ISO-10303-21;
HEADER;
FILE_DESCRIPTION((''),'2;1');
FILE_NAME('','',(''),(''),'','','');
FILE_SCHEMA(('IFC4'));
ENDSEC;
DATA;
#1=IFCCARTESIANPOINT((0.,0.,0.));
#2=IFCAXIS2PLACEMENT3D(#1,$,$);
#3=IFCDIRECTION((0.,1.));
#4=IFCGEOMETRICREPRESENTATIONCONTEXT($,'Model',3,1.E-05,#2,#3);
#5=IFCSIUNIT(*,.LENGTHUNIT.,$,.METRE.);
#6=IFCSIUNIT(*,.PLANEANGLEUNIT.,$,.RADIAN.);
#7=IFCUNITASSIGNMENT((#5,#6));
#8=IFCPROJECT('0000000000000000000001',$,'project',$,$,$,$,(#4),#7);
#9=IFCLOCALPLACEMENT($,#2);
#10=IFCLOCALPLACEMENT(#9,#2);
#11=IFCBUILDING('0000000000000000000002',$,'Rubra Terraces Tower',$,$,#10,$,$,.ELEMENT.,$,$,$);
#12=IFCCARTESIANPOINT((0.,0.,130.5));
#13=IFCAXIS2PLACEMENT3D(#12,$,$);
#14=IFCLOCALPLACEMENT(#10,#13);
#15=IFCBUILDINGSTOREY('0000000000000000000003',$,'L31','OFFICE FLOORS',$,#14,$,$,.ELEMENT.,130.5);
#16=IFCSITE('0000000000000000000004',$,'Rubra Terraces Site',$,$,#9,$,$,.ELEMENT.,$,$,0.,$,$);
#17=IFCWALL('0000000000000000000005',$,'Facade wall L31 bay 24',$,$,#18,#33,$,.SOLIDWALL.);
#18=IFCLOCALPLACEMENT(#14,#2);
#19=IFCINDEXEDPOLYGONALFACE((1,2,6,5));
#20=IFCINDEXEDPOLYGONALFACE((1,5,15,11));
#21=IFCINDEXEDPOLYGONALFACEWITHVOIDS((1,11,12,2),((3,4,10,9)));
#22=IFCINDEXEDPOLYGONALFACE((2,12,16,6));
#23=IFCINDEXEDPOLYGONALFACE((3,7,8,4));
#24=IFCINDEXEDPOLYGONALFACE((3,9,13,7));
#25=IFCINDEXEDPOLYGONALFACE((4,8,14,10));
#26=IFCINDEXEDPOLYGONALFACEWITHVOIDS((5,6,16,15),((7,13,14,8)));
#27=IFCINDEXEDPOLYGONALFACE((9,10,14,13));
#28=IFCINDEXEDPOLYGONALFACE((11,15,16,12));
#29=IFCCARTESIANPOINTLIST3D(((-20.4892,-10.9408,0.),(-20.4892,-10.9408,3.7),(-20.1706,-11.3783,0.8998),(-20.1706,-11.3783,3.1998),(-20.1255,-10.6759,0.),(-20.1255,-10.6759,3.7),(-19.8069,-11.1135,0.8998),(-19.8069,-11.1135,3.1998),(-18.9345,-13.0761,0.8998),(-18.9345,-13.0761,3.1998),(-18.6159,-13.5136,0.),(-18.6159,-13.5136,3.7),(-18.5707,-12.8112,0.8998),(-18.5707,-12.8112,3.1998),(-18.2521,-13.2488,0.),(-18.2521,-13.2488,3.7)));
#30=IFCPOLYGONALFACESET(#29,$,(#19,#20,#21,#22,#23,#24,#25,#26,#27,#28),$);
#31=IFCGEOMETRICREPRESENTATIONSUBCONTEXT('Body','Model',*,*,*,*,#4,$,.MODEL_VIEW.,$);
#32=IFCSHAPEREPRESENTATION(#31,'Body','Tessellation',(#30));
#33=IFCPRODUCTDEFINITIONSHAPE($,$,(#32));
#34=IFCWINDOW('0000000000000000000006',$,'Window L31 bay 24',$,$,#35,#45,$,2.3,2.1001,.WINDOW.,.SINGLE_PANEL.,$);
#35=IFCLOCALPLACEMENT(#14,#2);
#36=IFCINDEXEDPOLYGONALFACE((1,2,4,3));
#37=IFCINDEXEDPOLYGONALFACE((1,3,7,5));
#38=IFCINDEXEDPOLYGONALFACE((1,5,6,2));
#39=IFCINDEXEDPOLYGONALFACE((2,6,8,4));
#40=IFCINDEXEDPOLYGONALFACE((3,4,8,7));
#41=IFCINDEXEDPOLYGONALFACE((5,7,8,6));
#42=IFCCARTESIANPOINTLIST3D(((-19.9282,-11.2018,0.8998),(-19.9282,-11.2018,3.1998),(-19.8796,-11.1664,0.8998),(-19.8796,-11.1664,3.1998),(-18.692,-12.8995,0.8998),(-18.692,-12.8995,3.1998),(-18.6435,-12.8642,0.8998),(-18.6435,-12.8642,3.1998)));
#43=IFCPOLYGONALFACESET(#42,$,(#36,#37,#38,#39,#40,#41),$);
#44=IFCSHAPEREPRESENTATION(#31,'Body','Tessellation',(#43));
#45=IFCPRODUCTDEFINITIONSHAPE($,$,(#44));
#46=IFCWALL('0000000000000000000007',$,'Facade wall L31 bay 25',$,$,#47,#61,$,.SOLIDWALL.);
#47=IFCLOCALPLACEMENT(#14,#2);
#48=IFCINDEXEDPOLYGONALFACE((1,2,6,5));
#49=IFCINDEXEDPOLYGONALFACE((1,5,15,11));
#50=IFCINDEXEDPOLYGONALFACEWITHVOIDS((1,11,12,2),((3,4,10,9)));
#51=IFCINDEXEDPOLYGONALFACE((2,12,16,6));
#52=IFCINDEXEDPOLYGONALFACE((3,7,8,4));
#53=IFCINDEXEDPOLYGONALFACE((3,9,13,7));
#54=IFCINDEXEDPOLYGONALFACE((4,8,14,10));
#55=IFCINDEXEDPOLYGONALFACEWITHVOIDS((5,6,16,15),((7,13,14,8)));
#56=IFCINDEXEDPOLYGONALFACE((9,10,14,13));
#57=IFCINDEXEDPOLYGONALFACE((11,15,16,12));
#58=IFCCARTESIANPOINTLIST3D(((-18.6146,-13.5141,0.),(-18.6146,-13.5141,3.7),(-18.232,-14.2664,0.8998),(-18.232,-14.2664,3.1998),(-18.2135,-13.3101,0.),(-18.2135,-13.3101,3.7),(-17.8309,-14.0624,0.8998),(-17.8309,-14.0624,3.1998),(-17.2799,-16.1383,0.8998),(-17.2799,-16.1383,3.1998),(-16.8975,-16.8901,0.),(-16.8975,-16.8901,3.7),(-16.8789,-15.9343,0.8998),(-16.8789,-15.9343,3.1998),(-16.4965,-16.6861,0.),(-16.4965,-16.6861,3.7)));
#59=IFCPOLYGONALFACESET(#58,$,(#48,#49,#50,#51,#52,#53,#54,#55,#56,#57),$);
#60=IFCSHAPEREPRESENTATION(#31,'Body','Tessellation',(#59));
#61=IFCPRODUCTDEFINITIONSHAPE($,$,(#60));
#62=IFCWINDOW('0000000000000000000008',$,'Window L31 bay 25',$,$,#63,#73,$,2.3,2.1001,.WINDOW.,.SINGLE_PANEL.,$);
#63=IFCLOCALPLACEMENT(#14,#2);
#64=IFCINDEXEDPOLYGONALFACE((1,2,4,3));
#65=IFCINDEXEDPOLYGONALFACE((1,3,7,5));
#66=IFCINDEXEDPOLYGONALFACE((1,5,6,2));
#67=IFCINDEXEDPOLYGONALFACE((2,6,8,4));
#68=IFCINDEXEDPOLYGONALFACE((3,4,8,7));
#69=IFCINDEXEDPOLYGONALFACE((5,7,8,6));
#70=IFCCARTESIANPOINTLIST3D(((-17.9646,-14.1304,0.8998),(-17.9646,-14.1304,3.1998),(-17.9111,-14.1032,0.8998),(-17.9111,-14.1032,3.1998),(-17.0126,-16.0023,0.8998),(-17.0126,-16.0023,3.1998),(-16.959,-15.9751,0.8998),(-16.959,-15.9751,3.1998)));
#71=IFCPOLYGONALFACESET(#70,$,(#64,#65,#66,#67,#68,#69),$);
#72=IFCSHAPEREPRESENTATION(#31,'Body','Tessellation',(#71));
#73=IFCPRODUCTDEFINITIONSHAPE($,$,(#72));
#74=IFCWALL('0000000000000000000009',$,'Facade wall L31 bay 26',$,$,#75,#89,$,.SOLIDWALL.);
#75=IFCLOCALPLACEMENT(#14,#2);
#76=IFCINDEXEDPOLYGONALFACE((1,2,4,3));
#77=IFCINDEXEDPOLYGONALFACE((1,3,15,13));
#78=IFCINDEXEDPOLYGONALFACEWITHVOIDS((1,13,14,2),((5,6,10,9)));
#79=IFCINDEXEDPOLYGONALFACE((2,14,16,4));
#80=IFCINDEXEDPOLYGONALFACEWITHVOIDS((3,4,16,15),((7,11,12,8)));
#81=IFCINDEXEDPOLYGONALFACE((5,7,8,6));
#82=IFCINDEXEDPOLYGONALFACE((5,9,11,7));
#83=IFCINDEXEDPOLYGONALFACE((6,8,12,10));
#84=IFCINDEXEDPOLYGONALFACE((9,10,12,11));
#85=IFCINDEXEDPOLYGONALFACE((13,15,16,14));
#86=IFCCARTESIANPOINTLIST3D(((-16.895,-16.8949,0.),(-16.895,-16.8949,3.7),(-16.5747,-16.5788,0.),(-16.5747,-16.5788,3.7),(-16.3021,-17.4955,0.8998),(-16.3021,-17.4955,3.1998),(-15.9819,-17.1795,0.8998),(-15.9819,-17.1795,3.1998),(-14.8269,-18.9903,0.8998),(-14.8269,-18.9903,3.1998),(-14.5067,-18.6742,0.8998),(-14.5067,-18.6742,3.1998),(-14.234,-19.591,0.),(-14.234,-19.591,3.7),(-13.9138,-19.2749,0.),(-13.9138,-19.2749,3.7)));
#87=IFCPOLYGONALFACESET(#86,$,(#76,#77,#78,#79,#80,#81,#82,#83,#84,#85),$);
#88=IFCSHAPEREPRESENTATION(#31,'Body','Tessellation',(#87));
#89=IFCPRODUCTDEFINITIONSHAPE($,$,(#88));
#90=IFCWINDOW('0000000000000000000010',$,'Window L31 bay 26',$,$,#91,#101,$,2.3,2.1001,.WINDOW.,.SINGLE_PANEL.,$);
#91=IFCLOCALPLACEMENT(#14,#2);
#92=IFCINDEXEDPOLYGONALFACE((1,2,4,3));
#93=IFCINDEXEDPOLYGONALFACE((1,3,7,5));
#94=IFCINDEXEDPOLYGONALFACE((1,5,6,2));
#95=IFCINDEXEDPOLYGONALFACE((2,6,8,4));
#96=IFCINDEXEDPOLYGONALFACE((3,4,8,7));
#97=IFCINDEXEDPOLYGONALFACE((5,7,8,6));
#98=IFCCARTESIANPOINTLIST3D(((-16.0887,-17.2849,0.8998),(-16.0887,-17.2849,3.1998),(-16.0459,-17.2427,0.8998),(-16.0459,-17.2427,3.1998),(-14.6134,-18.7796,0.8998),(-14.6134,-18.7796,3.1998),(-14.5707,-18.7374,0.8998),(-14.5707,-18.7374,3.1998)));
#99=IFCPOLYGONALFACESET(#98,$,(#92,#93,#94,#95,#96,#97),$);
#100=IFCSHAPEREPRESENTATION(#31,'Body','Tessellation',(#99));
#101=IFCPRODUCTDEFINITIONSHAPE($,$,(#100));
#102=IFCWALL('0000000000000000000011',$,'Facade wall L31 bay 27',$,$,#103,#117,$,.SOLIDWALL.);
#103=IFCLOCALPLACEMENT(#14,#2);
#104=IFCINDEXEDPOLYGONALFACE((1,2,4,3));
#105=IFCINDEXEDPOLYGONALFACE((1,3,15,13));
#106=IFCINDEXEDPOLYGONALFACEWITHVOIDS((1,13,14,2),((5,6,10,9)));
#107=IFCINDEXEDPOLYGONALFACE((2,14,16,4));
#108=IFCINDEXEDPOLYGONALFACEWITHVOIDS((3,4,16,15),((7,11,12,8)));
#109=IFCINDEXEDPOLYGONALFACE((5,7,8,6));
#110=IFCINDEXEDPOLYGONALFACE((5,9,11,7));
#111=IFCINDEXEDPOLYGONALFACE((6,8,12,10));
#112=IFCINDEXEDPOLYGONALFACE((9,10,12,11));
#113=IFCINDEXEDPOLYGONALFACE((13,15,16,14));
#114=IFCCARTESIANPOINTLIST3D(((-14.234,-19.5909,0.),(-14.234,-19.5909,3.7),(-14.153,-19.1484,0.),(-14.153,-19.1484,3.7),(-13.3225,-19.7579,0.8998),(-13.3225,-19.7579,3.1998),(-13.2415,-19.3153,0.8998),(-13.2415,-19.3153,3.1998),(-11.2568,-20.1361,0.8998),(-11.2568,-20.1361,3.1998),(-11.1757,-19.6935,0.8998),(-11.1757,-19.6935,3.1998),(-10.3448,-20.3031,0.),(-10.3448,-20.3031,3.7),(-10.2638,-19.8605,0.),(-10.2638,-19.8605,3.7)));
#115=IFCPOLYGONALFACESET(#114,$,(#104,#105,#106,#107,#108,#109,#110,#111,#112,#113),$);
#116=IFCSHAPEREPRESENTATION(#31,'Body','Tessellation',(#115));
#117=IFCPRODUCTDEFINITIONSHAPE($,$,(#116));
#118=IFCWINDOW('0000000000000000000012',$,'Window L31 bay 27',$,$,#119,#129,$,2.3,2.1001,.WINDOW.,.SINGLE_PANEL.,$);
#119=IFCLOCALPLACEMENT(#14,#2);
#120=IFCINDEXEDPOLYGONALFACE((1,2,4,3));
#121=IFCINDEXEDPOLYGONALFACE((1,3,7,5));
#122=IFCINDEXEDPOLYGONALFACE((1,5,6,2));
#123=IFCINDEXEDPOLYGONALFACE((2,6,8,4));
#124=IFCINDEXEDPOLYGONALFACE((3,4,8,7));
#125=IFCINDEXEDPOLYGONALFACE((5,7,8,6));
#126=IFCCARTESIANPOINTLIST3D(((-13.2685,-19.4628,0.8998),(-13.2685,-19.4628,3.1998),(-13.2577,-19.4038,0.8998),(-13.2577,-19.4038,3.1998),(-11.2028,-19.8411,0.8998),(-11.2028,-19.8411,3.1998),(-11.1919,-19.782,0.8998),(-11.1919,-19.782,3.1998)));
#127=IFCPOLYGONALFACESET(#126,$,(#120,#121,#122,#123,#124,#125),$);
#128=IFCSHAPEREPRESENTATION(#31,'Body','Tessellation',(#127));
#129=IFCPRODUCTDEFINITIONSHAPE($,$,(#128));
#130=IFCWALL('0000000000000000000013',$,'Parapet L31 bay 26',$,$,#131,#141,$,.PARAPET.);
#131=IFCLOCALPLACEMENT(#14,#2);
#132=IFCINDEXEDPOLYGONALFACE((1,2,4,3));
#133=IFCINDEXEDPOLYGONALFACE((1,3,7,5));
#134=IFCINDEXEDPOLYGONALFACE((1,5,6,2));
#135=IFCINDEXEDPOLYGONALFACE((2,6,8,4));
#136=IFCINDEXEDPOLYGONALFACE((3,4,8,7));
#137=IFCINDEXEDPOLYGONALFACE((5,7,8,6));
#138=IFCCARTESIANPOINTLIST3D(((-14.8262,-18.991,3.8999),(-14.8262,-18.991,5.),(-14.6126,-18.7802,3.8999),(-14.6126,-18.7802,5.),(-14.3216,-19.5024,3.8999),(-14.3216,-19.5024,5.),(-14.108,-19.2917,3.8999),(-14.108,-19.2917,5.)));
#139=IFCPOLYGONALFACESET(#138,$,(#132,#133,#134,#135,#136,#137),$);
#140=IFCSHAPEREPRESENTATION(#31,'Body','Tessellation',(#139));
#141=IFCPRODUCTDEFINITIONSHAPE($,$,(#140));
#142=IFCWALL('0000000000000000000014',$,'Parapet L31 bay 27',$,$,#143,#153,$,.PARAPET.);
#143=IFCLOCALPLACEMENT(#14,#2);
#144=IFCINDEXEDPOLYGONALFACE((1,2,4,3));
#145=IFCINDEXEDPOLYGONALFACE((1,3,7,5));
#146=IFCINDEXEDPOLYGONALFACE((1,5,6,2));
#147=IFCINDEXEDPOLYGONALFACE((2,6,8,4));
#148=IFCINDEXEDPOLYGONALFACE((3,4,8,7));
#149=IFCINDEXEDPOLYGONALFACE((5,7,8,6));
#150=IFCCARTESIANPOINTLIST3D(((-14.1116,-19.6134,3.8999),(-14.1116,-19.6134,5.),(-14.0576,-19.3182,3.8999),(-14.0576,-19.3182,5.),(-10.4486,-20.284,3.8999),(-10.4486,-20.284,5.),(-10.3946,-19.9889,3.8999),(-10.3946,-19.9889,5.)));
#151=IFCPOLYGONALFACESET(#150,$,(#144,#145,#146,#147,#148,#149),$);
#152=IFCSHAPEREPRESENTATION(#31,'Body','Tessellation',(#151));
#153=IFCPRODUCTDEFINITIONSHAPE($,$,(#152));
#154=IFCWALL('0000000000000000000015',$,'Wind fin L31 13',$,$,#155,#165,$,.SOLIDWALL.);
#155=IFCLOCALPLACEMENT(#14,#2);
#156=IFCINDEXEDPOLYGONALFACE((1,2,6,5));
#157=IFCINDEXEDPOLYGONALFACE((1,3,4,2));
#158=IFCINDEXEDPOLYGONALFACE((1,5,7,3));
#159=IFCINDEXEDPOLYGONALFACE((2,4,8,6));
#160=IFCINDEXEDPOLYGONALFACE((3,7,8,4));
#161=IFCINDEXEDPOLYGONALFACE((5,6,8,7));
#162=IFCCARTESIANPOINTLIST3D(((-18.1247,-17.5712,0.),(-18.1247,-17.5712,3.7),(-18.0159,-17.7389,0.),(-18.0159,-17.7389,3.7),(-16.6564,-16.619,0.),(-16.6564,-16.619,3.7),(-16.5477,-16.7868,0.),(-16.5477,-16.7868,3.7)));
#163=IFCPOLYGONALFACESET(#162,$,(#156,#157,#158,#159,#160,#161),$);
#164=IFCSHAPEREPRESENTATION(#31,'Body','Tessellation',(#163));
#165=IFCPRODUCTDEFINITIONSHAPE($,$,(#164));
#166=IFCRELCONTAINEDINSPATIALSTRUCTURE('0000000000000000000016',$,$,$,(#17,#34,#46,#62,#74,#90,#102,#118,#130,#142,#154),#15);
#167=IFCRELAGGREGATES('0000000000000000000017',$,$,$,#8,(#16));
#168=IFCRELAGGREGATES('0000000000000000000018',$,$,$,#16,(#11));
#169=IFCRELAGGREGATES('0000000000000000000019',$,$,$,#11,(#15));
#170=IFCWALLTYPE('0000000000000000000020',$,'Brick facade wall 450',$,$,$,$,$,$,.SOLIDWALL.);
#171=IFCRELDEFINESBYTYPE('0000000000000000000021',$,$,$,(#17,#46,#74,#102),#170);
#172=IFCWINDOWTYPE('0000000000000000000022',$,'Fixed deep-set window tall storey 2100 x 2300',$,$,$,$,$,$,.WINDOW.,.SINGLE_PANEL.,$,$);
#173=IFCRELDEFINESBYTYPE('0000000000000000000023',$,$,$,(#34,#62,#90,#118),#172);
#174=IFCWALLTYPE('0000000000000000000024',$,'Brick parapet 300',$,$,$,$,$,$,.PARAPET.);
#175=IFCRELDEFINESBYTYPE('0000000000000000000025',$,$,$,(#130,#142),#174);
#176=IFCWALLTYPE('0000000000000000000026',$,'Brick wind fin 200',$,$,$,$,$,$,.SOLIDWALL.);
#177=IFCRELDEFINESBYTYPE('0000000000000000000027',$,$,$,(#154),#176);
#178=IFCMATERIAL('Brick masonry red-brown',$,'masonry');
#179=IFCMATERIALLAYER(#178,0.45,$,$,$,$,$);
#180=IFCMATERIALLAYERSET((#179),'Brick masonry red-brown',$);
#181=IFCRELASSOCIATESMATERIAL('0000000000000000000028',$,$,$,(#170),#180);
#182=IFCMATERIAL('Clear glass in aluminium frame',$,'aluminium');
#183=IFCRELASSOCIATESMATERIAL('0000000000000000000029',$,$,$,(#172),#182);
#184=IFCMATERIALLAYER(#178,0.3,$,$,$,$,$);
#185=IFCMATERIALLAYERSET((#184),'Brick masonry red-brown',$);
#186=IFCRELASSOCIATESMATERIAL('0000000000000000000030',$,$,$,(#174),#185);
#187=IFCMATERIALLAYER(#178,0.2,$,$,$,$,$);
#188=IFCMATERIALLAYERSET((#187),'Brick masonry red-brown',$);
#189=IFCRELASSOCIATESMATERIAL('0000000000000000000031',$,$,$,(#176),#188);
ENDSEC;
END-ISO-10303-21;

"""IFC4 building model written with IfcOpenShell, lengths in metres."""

from ifc_helpers import new_model, si_unit, direction, frame, frame_2d, origin, place, context, subcontext, project, spatial, rectangle, extrude, material, layer, layer_set, type_object, element, fill, save


model = new_model("IFC4")

# Units and contexts
model_context = context("Model", 3, precision=1e-05, world=origin(), true_north=direction((0.0, 1.0)))
body_context = subcontext(model_context, "Body", "Model", "MODEL_VIEW")
ifc_project = project(units=[si_unit("LENGTHUNIT", "METRE"), si_unit("PLANEANGLEUNIT", "RADIAN")], contexts=[model_context])

# Site, building, storey
site_placement = place(None, origin())
site = spatial("IfcSite", under=ifc_project, at=site_placement, Name="Rubra Terraces Site", CompositionType="ELEMENT", RefElevation=0.0)
building_placement = place(site_placement, origin())
building = spatial("IfcBuilding", under=site, at=building_placement, Name="Rubra Terraces Tower", CompositionType="ELEMENT")
storey_placement = place(building_placement, frame((0.0, 0.0, 130.5)))
storey = spatial("IfcBuildingStorey", under=building, at=storey_placement, Name="L31", Description="OFFICE FLOORS", CompositionType="ELEMENT", Elevation=130.5)

# Walls, openings, windows
ifc_material_1 = material(Name="Brick masonry red-brown", Category="masonry")
ifc_layer_1 = layer(ifc_material_1, 0.45)
ifc_layer_set_1 = layer_set([ifc_layer_1], Name="Brick masonry red-brown")
wall_type_1 = type_object("IfcWallType", Name="Brick facade wall 450", PredefinedType="SOLIDWALL", material=ifc_layer_set_1)
wall_1_placement = place(storey_placement, frame((-20.3074, -10.8083, 0.0), z_axis=(0.0, 0.0, 1.0), x_axis=(0.588623, -0.808408, 0.0)))
wall_1 = element("IfcWall", 1, at=wall_1_placement, inside=storey, type_object=wall_type_1, Name="Facade wall L31 bay 24", PredefinedType="SOLIDWALL", context=body_context, shape_type="SweptSolid", body=[
    extrude(rectangle(XDim=3.1826, YDim=0.45, at=frame_2d((1.5913, 0.0))), origin(), (0.0, 0.0, 1.0), 3.7),
])
opening_1_placement = place(wall_1_placement, frame((0.5413, 0.0, 0.8999)))
opening_1 = element("IfcOpeningElement", 2, at=opening_1_placement, cuts=wall_1, PredefinedType="OPENING", context=body_context, shape_type="SweptSolid", body=[
    extrude(rectangle(XDim=2.1001, YDim=2.3, at=frame_2d((1.05, 1.1499))), frame((0.0, 0.2349, 0.0), z_axis=(0.0, -1.0, 0.0), x_axis=(1.0, 0.0, 0.0)), (0.0, 0.0, 1.0), 0.47),
])
ifc_material_2 = material(Name="Clear glass in aluminium frame", Category="aluminium")
window_type = type_object("IfcWindowType", Name="Fixed deep-set window tall storey 2100 x 2300", PartitioningType="SINGLE_PANEL", PredefinedType="WINDOW", material=ifc_material_2)
window_1_placement = place(opening_1_placement, origin())
window_1 = element("IfcWindow", 3, at=window_1_placement, inside=storey, type_object=window_type, Name="Window L31 bay 24", OverallHeight=2.3, OverallWidth=2.1001, PartitioningType="SINGLE_PANEL", PredefinedType="WINDOW", context=body_context, shape_type="SweptSolid", body=[
    extrude(rectangle(XDim=2.1001, YDim=2.3, at=frame_2d((1.05, 1.1499))), frame((0.0, 0.135, 0.0), z_axis=(0.0, -1.0, 0.0), x_axis=(1.0, 0.0, 0.0)), (0.0, 0.0, 1.0), 0.0601),
])
fill(opening_1, window_1)
wall_2_placement = place(storey_placement, frame((-18.4141, -13.4121, 0.0), z_axis=(0.0, 0.0, 1.0), x_axis=(0.45334, -0.891338, 0.0)))
wall_2 = element("IfcWall", 4, at=wall_2_placement, inside=storey, type_object=wall_type_1, Name="Facade wall L31 bay 25", PredefinedType="SOLIDWALL", context=body_context, shape_type="SweptSolid", body=[
    extrude(rectangle(XDim=3.7876, YDim=0.45, at=frame_2d((1.8938, 0.0))), origin(), (0.0, 0.0, 1.0), 3.7),
])
opening_2_placement = place(wall_2_placement, frame((0.844, 0.0, 0.8999)))
opening_2 = element("IfcOpeningElement", 5, at=opening_2_placement, cuts=wall_2, PredefinedType="OPENING", context=body_context, shape_type="SweptSolid", body=[
    extrude(rectangle(XDim=2.1001, YDim=2.3, at=frame_2d((1.05, 1.1499))), frame((0.0, 0.2349, 0.0), z_axis=(0.0, -1.0, 0.0), x_axis=(1.0, 0.0, 0.0)), (0.0, 0.0, 1.0), 0.47),
])
window_2_placement = place(opening_2_placement, origin())
window_2 = element("IfcWindow", 6, at=window_2_placement, inside=storey, type_object=window_type, Name="Window L31 bay 25", OverallHeight=2.3, OverallWidth=2.1001, PartitioningType="SINGLE_PANEL", PredefinedType="WINDOW", context=body_context, shape_type="SweptSolid", body=[
    extrude(rectangle(XDim=2.1001, YDim=2.3, at=frame_2d((1.05, 1.1499))), frame((0.0, 0.135, 0.0), z_axis=(0.0, -1.0, 0.0), x_axis=(1.0, 0.0, 0.0)), (0.0, 0.0, 1.0), 0.0601),
])
fill(opening_2, window_2)
wall_3_placement = place(storey_placement, frame((-16.7349, -16.7368, 0.0), z_axis=(0.0, 0.0, 1.0), x_axis=(0.702451, -0.711732, 0.0)))
wall_3 = element("IfcWall", 7, at=wall_3_placement, inside=storey, type_object=wall_type_1, Name="Facade wall L31 bay 26", PredefinedType="SOLIDWALL", context=body_context, shape_type="SweptSolid", body=[
    extrude(rectangle(XDim=3.7881, YDim=0.45, at=frame_2d((1.894, 0.0))), origin(), (0.0, 0.0, 1.0), 3.7),
])
opening_3_placement = place(wall_3_placement, frame((0.844, 0.0, 0.8999)))
opening_3 = element("IfcOpeningElement", 8, at=opening_3_placement, cuts=wall_3, PredefinedType="OPENING", context=body_context, shape_type="SweptSolid", body=[
    extrude(rectangle(XDim=2.1001, YDim=2.3, at=frame_2d((1.05, 1.1499))), frame((0.0, 0.2349, 0.0), z_axis=(0.0, -1.0, 0.0), x_axis=(1.0, 0.0, 0.0)), (0.0, 0.0, 1.0), 0.47),
])
window_3_placement = place(opening_3_placement, origin())
window_3 = element("IfcWindow", 9, at=window_3_placement, inside=storey, type_object=window_type, Name="Window L31 bay 26", OverallHeight=2.3, OverallWidth=2.1001, PartitioningType="SINGLE_PANEL", PredefinedType="WINDOW", context=body_context, shape_type="SweptSolid", body=[
    extrude(rectangle(XDim=2.1001, YDim=2.3, at=frame_2d((1.05, 1.1499))), frame((0.0, 0.135, 0.0), z_axis=(0.0, -1.0, 0.0), x_axis=(1.0, 0.0, 0.0)), (0.0, 0.0, 1.0), 0.0601),
])
fill(opening_3, window_3)
wall_4_placement = place(storey_placement, frame((-14.1936, -19.3696, 0.0), z_axis=(0.0, 0.0, 1.0), x_axis=(0.983645, -0.180119, 0.0)))
wall_4 = element("IfcWall", 10, at=wall_4_placement, inside=storey, type_object=wall_type_1, Name="Facade wall L31 bay 27", PredefinedType="SOLIDWALL", context=body_context, shape_type="SweptSolid", body=[
    extrude(rectangle(XDim=3.9539, YDim=0.45, at=frame_2d((1.9771, 0.0))), origin(), (0.0, 0.0, 1.0), 3.7),
])
opening_4_placement = place(wall_4_placement, frame((0.9268, 0.0, 0.8999)))
opening_4 = element("IfcOpeningElement", 11, at=opening_4_placement, cuts=wall_4, PredefinedType="OPENING", context=body_context, shape_type="SweptSolid", body=[
    extrude(rectangle(XDim=2.1001, YDim=2.3, at=frame_2d((1.05, 1.1499))), frame((0.0, 0.2349, 0.0), z_axis=(0.0, -1.0, 0.0), x_axis=(1.0, 0.0, 0.0)), (0.0, 0.0, 1.0), 0.47),
])
window_4_placement = place(opening_4_placement, origin())
window_4 = element("IfcWindow", 12, at=window_4_placement, inside=storey, type_object=window_type, Name="Window L31 bay 27", OverallHeight=2.3, OverallWidth=2.1001, PartitioningType="SINGLE_PANEL", PredefinedType="WINDOW", context=body_context, shape_type="SweptSolid", body=[
    extrude(rectangle(XDim=2.1001, YDim=2.3, at=frame_2d((1.05, 1.1499))), frame((0.0, 0.135, 0.0), z_axis=(0.0, -1.0, 0.0), x_axis=(1.0, 0.0, 0.0)), (0.0, 0.0, 1.0), 0.0601),
])
fill(opening_4, window_4)

# Walls
ifc_layer_2 = layer(ifc_material_1, 0.3)
ifc_layer_set_2 = layer_set([ifc_layer_2], Name="Brick masonry red-brown")
wall_type_2 = type_object("IfcWallType", Name="Brick parapet 300", PredefinedType="PARAPET", material=ifc_layer_set_2)
wall_5_placement = place(storey_placement, frame((-14.7195, -18.8855, 3.8999), z_axis=(0.0, 0.0, 1.0), x_axis=(0.702334, -0.711848, 0.0)))
element("IfcWall", 13, at=wall_5_placement, inside=storey, type_object=wall_type_2, Name="Parapet L31 bay 26", PredefinedType="PARAPET", context=body_context, shape_type="SweptSolid", body=[
    extrude(rectangle(XDim=0.7185, YDim=0.3, at=frame_2d((0.3594, 0.0))), origin(), (0.0, 0.0, 1.0), 1.1001),
])
wall_6_placement = place(storey_placement, frame((-14.0845, -19.4658, 3.8999), z_axis=(0.0, 0.0, 1.0), x_axis=(0.98365, -0.180091, 0.0)))
element("IfcWall", 14, at=wall_6_placement, inside=storey, type_object=wall_type_2, Name="Parapet L31 bay 27", PredefinedType="PARAPET", context=body_context, shape_type="SweptSolid", body=[
    extrude(rectangle(XDim=3.7239, YDim=0.3, at=frame_2d((1.8618, 0.0))), origin(), (0.0, 0.0, 1.0), 1.1001),
])
ifc_layer_3 = layer(ifc_material_1, 0.2)
ifc_layer_set_3 = layer_set([ifc_layer_3], Name="Brick masonry red-brown")
wall_type_3 = type_object("IfcWallType", Name="Brick wind fin 200", PredefinedType="SOLIDWALL", material=ifc_layer_set_3)
wall_7_placement = place(storey_placement, frame((-16.6021, -16.7029, 0.0), z_axis=(0.0, 0.0, 1.0), x_axis=(-0.839023, -0.544096, 0.0)))
element("IfcWall", 15, at=wall_7_placement, inside=storey, type_object=wall_type_3, Name="Wind fin L31 13", PredefinedType="SOLIDWALL", context=body_context, shape_type="SweptSolid", body=[
    extrude(rectangle(XDim=1.75, YDim=0.2, at=frame_2d((0.875, 0.0))), origin(), (0.0, 0.0, 1.0), 3.7),
])

save(model, "model.ifc")
